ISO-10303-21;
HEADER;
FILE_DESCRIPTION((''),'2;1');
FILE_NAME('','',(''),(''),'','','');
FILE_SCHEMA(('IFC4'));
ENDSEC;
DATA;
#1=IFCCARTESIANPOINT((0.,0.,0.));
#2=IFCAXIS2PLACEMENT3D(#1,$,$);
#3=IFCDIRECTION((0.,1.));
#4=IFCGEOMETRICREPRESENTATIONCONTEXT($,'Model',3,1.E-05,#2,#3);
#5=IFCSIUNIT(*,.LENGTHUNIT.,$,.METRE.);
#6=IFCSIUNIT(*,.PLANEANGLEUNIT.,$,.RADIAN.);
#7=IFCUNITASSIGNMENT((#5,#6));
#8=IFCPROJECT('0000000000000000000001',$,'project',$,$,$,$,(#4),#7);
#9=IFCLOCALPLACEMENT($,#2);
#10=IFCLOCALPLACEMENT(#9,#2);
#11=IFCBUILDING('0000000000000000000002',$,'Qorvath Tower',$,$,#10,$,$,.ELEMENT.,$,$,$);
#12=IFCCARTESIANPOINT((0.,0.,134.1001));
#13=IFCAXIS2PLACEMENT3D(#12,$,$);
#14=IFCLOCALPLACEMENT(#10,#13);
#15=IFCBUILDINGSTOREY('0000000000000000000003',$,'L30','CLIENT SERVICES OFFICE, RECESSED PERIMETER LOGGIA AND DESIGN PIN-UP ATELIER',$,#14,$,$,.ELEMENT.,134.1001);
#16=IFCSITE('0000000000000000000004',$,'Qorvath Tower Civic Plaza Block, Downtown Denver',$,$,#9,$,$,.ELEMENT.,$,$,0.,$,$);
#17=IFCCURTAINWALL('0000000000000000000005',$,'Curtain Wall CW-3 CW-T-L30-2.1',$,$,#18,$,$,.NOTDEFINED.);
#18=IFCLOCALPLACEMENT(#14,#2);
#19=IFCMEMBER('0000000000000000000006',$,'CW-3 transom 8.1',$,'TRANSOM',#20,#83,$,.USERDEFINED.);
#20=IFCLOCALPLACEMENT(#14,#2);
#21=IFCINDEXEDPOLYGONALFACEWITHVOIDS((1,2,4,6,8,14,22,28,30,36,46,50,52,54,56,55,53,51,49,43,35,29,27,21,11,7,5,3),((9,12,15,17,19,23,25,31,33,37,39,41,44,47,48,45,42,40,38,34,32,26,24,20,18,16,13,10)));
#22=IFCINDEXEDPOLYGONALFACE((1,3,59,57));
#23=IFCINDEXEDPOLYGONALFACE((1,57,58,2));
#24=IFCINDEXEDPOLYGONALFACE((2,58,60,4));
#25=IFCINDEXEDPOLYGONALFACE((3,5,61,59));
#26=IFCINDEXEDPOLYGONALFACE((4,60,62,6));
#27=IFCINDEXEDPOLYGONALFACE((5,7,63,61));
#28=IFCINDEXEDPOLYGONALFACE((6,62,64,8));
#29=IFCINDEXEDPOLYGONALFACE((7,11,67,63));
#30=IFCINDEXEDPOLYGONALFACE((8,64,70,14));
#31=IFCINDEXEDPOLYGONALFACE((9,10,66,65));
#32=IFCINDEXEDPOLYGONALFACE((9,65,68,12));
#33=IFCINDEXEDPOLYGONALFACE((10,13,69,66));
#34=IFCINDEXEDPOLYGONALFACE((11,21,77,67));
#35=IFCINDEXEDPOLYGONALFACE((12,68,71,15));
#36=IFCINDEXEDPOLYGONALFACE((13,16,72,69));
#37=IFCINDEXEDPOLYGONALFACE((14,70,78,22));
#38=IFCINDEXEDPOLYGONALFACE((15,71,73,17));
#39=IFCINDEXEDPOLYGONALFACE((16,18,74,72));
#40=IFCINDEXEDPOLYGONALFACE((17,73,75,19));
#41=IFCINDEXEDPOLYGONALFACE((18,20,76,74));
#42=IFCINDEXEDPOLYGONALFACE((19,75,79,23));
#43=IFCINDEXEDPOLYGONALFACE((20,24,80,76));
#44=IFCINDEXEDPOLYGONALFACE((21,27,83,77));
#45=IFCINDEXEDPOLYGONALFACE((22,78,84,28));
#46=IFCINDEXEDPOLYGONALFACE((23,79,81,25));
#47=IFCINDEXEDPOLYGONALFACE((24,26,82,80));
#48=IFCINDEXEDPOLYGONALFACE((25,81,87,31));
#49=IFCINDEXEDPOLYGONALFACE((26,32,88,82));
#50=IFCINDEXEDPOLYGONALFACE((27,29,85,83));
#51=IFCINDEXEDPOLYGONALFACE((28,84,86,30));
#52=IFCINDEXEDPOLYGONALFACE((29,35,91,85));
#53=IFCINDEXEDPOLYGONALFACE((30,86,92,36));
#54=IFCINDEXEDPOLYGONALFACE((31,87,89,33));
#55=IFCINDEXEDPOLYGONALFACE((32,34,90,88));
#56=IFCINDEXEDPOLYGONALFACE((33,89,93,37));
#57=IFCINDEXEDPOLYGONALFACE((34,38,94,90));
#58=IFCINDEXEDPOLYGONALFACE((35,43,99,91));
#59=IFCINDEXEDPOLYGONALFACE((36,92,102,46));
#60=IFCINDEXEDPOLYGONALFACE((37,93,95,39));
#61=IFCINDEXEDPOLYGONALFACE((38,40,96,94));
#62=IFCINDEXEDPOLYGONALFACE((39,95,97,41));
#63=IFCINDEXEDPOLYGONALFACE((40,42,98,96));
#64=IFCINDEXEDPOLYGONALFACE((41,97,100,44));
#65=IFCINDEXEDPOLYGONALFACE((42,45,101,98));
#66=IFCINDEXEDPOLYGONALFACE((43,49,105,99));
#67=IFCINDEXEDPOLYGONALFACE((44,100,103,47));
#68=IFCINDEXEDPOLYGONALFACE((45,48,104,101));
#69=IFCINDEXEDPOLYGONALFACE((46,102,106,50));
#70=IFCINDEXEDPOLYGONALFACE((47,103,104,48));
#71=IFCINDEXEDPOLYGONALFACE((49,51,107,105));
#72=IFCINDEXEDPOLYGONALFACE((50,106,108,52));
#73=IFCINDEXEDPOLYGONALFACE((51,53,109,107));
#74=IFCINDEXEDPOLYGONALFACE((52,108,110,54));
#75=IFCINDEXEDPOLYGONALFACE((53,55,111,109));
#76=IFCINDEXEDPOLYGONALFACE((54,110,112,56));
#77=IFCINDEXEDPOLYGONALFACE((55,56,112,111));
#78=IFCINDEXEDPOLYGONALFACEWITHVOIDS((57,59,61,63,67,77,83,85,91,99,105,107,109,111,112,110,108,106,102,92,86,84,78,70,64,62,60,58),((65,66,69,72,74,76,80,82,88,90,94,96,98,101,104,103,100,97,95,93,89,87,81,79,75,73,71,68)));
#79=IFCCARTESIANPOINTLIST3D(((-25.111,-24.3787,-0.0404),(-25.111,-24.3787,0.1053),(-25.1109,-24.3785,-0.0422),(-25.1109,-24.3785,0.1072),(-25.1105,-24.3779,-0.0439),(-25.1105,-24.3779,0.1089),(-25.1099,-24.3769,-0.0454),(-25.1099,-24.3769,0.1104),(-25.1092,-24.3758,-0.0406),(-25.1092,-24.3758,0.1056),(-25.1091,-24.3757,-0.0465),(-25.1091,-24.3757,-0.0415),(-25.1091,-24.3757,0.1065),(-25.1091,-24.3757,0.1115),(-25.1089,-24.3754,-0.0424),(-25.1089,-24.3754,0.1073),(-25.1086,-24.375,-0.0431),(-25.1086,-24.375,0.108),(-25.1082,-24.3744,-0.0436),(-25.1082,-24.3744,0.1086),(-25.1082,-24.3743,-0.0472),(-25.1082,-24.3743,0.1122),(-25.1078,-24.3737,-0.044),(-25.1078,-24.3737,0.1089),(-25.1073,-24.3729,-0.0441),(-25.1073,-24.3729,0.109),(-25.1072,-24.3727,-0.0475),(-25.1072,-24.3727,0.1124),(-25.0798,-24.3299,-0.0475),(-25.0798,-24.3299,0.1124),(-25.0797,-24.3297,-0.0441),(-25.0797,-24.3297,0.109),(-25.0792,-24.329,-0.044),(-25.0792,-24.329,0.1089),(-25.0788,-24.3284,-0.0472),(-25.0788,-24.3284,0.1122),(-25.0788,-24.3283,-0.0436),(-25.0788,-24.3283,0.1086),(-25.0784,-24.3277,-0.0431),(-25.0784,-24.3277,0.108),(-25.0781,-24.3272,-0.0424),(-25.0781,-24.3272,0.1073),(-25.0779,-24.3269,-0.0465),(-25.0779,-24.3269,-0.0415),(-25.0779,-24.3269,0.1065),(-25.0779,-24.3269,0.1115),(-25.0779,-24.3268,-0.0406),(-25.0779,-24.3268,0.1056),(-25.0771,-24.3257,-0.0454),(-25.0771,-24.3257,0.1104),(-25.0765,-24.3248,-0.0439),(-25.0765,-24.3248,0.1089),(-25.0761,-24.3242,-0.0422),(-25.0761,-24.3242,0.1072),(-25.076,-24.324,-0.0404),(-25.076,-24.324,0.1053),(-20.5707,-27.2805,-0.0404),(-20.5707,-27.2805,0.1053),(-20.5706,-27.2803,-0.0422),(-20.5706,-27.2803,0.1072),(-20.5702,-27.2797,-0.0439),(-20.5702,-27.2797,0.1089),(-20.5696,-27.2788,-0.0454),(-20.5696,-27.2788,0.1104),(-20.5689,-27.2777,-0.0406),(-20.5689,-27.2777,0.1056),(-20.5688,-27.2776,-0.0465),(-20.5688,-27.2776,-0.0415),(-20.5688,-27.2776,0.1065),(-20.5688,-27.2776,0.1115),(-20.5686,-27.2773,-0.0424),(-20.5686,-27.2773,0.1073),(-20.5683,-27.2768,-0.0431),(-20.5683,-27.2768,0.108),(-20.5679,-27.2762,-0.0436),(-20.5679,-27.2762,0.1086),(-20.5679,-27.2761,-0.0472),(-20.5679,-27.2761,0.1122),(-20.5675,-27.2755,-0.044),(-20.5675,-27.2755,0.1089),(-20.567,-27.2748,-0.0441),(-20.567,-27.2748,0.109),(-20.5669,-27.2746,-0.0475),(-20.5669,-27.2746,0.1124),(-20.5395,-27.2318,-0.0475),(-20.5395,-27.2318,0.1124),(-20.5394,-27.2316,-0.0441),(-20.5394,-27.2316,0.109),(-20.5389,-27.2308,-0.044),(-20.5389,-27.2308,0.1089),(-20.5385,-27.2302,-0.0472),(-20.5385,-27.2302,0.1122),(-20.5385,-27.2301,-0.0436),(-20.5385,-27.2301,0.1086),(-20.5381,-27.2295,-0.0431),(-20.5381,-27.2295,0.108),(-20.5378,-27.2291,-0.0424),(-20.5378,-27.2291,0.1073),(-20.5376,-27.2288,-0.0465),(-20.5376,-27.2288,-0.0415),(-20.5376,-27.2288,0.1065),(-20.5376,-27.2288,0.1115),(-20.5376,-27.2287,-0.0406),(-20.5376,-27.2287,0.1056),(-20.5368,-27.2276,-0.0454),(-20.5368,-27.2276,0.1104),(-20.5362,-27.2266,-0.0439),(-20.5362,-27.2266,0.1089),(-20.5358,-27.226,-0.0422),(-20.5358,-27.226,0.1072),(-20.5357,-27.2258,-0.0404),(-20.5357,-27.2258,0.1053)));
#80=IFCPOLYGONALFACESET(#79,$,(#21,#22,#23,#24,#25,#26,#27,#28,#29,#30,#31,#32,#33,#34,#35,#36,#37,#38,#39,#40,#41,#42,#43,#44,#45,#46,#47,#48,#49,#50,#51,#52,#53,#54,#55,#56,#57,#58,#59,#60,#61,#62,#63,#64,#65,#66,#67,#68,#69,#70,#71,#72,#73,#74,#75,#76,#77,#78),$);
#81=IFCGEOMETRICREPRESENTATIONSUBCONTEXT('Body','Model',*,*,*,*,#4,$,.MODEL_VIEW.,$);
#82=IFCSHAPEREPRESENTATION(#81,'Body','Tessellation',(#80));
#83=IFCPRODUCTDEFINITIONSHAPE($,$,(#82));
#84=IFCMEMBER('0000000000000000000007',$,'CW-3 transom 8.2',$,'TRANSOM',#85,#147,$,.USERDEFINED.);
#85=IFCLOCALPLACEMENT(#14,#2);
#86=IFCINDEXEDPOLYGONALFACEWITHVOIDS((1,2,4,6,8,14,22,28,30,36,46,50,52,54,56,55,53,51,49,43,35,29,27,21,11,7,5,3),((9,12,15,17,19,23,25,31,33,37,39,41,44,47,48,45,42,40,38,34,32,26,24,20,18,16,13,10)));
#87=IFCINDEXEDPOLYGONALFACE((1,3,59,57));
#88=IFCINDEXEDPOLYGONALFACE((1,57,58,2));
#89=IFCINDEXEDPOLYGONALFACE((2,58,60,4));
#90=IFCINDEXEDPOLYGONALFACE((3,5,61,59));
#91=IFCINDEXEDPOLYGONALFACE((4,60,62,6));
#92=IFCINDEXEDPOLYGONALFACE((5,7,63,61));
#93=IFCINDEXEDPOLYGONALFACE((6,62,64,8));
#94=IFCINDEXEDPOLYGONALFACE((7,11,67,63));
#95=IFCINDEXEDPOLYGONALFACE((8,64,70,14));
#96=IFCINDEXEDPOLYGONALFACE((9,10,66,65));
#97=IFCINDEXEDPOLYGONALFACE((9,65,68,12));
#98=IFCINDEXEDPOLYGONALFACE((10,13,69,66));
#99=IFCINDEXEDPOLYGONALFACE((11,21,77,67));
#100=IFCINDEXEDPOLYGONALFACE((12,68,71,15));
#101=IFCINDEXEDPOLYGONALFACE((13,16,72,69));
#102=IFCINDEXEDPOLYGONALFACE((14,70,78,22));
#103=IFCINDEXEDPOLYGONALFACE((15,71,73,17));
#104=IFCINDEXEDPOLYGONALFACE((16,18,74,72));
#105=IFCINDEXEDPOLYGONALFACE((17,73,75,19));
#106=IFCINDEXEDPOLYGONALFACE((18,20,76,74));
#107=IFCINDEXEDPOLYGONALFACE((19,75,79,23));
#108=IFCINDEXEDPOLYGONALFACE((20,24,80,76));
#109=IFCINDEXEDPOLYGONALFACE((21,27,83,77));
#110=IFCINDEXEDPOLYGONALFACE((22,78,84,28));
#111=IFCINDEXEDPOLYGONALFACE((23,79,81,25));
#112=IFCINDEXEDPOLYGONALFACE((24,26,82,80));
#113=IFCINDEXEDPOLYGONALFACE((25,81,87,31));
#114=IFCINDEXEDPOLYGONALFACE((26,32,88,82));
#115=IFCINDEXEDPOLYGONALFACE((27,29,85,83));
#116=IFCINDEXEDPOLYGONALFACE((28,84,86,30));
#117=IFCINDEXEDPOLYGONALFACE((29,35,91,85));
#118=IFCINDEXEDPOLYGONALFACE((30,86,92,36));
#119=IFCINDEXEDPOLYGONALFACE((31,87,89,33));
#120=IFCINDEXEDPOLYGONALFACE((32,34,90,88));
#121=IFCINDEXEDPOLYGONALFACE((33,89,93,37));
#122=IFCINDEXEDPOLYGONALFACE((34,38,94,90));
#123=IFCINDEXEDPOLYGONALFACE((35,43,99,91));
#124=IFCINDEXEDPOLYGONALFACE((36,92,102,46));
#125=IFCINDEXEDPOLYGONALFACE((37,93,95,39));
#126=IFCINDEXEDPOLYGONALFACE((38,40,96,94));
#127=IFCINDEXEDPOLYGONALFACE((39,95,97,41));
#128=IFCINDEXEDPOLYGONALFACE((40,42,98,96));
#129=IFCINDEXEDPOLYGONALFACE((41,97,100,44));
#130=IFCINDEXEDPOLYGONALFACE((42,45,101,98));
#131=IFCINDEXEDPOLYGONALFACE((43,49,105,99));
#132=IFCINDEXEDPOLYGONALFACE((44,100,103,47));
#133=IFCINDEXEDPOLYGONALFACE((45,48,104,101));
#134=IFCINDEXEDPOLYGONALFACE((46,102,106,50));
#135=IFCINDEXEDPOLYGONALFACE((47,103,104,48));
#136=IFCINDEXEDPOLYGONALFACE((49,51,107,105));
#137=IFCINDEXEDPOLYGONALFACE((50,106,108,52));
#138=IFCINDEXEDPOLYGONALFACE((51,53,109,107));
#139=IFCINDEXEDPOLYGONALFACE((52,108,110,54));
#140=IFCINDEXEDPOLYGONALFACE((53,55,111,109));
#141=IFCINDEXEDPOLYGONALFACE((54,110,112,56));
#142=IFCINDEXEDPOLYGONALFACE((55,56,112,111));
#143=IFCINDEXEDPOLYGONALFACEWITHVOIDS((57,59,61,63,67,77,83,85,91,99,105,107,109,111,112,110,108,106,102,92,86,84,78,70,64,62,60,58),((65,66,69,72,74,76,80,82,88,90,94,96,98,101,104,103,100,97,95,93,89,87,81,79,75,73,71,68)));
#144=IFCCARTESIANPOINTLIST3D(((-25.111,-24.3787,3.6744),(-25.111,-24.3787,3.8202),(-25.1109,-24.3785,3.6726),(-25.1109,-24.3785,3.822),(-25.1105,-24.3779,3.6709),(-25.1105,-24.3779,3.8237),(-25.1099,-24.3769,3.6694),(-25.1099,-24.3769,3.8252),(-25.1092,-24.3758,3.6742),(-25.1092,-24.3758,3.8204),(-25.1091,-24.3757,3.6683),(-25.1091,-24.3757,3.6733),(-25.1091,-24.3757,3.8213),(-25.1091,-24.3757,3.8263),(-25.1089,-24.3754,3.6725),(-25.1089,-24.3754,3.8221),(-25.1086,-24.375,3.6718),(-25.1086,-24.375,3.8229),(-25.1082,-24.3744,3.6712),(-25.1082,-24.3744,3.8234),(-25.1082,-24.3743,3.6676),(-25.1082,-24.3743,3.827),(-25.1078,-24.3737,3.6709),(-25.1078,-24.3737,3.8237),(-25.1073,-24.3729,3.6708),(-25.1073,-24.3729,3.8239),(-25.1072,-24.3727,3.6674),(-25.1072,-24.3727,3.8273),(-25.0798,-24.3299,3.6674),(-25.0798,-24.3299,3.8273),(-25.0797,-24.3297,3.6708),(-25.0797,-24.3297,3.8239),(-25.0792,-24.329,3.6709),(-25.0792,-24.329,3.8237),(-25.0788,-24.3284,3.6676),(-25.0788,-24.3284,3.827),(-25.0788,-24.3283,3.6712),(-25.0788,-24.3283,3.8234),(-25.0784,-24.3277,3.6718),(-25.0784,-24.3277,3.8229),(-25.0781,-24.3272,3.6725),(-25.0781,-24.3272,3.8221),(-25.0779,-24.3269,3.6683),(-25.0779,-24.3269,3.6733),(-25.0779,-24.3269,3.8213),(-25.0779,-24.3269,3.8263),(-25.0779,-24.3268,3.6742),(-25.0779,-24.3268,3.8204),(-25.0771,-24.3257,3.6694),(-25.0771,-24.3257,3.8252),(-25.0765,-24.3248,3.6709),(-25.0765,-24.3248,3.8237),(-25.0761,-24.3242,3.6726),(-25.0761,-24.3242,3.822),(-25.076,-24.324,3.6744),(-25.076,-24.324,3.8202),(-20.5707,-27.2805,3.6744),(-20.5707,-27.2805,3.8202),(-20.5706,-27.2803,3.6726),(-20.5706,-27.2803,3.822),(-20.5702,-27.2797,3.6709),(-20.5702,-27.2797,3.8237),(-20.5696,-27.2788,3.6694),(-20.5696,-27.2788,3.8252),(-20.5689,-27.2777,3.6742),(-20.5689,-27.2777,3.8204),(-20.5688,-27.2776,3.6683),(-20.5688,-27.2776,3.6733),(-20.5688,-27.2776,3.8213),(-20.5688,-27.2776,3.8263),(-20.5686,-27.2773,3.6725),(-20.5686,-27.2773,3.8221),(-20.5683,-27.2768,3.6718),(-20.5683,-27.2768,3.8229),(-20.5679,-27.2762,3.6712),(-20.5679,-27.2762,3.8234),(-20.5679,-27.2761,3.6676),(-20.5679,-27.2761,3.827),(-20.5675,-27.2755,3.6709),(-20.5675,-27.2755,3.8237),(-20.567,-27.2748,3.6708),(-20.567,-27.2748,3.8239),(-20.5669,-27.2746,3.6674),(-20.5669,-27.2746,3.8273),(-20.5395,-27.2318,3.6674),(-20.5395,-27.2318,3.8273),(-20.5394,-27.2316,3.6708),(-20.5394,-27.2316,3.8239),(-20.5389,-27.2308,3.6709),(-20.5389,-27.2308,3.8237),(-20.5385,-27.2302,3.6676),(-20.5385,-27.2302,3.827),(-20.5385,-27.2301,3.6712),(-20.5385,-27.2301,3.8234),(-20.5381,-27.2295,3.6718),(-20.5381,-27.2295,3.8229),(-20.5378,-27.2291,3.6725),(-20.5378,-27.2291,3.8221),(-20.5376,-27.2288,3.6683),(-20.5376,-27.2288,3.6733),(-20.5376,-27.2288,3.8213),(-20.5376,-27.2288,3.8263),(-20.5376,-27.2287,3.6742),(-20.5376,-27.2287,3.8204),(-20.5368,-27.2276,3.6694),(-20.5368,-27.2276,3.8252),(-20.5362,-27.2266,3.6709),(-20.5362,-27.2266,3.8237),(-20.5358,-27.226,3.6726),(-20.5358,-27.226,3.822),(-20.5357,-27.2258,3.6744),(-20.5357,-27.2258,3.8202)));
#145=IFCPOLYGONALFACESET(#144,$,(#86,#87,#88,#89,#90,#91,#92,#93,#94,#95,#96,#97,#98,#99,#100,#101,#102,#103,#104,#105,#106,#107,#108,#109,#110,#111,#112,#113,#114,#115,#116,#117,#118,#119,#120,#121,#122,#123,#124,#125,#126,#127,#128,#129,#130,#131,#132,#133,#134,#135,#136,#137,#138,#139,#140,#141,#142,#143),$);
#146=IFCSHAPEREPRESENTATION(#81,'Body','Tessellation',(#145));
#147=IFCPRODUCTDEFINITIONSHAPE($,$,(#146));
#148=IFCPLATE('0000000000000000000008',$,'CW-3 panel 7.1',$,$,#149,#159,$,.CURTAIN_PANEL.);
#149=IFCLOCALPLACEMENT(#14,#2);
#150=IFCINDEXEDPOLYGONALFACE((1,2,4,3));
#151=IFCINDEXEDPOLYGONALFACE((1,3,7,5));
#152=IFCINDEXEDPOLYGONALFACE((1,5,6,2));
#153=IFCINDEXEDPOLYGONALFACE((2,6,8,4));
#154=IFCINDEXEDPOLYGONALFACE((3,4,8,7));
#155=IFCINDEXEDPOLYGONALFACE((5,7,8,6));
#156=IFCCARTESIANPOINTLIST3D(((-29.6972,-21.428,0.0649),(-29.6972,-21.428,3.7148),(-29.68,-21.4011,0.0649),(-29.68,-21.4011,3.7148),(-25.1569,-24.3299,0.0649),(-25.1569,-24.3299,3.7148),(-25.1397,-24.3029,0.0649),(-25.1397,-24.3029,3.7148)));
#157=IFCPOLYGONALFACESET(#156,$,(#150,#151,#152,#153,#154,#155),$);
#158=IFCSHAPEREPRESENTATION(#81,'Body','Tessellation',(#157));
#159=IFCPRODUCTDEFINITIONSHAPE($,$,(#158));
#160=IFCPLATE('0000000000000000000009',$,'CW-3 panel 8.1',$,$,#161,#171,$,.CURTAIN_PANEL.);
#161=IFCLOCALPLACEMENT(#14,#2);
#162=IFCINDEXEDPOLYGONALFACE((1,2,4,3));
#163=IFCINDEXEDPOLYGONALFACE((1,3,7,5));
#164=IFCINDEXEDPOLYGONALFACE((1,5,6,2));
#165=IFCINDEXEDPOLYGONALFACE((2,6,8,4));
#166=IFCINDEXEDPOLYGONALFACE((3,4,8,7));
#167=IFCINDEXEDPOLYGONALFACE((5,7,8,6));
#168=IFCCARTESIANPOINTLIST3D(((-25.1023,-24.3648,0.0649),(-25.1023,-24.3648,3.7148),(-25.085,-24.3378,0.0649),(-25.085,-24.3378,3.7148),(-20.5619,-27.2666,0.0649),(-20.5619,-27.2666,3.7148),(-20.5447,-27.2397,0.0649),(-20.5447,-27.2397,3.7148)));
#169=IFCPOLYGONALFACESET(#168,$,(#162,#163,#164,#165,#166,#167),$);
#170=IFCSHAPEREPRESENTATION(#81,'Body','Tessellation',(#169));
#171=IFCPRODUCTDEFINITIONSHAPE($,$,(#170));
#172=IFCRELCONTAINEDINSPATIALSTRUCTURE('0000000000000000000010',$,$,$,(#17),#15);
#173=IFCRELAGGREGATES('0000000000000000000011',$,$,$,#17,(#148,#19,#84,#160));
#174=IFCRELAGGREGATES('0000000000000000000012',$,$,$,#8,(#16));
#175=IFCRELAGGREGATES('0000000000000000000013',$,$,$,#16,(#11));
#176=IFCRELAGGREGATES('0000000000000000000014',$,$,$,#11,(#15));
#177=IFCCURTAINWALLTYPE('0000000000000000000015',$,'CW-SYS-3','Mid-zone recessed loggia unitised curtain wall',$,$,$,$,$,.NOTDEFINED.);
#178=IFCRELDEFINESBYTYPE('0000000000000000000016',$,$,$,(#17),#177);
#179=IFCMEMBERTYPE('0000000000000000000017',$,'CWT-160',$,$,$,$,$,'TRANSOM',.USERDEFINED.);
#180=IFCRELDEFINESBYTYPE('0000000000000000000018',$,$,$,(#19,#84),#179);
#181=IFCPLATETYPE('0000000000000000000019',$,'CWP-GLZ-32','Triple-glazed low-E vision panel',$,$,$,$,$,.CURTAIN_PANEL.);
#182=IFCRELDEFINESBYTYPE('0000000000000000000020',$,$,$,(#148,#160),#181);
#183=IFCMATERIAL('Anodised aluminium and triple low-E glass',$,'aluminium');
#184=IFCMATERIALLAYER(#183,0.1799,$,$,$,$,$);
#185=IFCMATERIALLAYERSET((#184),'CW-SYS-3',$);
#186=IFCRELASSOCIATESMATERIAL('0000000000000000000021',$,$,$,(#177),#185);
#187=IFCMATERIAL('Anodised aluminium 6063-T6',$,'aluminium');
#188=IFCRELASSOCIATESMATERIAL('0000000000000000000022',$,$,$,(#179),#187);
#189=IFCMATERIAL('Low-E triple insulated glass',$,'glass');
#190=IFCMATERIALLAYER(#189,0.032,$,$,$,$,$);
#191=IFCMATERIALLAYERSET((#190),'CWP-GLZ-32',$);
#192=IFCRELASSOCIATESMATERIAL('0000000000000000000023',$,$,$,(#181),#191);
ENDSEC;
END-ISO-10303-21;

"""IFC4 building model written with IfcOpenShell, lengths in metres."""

from ifc_helpers import new_model, si_unit, direction, frame, origin, origin_2d, place, context, subcontext, project, spatial, rectangle, hollow_rectangle, extrude, material, layer, layer_set, material_profile, profile_set, type_object, element, aggregate, save


model = new_model("IFC4")

# Units and contexts
model_context = context("Model", 3, precision=1e-05, world=origin(), true_north=direction((0.0, 1.0)))
body_context = subcontext(model_context, "Body", "Model", "MODEL_VIEW")
ifc_project = project(units=[si_unit("LENGTHUNIT", "METRE"), si_unit("PLANEANGLEUNIT", "RADIAN")], contexts=[model_context])

# Site, building, storey
site_placement = place(None, origin())
site = spatial("IfcSite", under=ifc_project, at=site_placement, Name="Qorvath Tower Civic Plaza Block, Downtown Denver", CompositionType="ELEMENT", RefElevation=0.0)
building_placement = place(site_placement, origin())
building = spatial("IfcBuilding", under=site, at=building_placement, Name="Qorvath Tower", CompositionType="ELEMENT")
storey_placement = place(building_placement, frame((0.0, 0.0, 134.1001)))
storey = spatial("IfcBuildingStorey", under=building, at=storey_placement, Name="L30", Description="CLIENT SERVICES OFFICE, RECESSED PERIMETER LOGGIA AND DESIGN PIN-UP ATELIER", CompositionType="ELEMENT", Elevation=134.1001)

# Curtain wall, members, plates
ifc_material_1 = material(Name="Anodised aluminium and triple low-E glass", Category="aluminium")
ifc_layer_1 = layer(ifc_material_1, 0.1799)
ifc_layer_set_1 = layer_set([ifc_layer_1], Name="CW-SYS-3")
curtain_wall_type = type_object("IfcCurtainWallType", Name="CW-SYS-3", Description="Mid-zone recessed loggia unitised curtain wall", PredefinedType="NOTDEFINED", material=ifc_layer_set_1)
curtain_wall_placement = place(storey_placement, origin())
curtain_wall = element("IfcCurtainWall", 1, at=curtain_wall_placement, inside=storey, type_object=curtain_wall_type, Name="Curtain Wall CW-3 CW-T-L30-2.1", PredefinedType="NOTDEFINED")
ifc_material_2 = material(Name="Anodised aluminium 6063-T6", Category="aluminium")
ifc_material_profile_1 = material_profile(ifc_material_2, hollow_rectangle(XDim=0.0649, YDim=0.1599, WallThickness=0.0034, InnerFilletRadius=0.0034, OuterFilletRadius=0.0071, at=origin_2d()), Name="CWT 160x65")
ifc_profile_set_1 = profile_set([ifc_material_profile_1], Name="Anodised aluminium 6063-T6")
member_type_1 = type_object("IfcMemberType", Name="CWT-160", ElementType="TRANSOM", PredefinedType="USERDEFINED", material=ifc_profile_set_1)
member_1_placement = place(storey_placement, frame((-25.0935, -24.3513, 0.0325), z_axis=(0.842602, -0.538537, 0.0), x_axis=(0.538537, 0.842602, 0.0)))
member_1 = element("IfcMember", 2, at=member_1_placement, type_object=member_type_1, Name="CW-3 transom 8.1", ObjectType="TRANSOM", PredefinedType="USERDEFINED", context=body_context, shape_type="SweptSolid", body=[
    extrude(hollow_rectangle(XDim=0.0649, YDim=0.1599, WallThickness=0.0034, InnerFilletRadius=0.0034, OuterFilletRadius=0.0071, at=origin_2d()), origin(), (0.0, 0.0, 1.0), 5.3884),
])
member_2_placement = place(storey_placement, frame((-25.0935, -24.3513, 3.7473), z_axis=(0.842602, -0.538537, 0.0), x_axis=(0.538537, 0.842602, 0.0)))
member_2 = element("IfcMember", 3, at=member_2_placement, type_object=member_type_1, Name="CW-3 transom 8.2", ObjectType="TRANSOM", PredefinedType="USERDEFINED", context=body_context, shape_type="SweptSolid", body=[
    extrude(hollow_rectangle(XDim=0.0649, YDim=0.1599, WallThickness=0.0034, InnerFilletRadius=0.0034, OuterFilletRadius=0.0071, at=origin_2d()), origin(), (0.0, 0.0, 1.0), 5.3884),
])
ifc_material_3 = material(Name="Low-E triple insulated glass", Category="glass")
ifc_layer_2 = layer(ifc_material_3, 0.032)
ifc_layer_set_2 = layer_set([ifc_layer_2], Name="CWP-GLZ-32")
plate_type = type_object("IfcPlateType", Name="CWP-GLZ-32", Description="Triple-glazed low-E vision panel", PredefinedType="CURTAIN_PANEL", material=ifc_layer_set_2)
plate_1_placement = place(storey_placement, frame((-27.4185, -22.8655, 0.0649), z_axis=(0.0, 0.0, 1.0), x_axis=(0.842604, -0.538534, 0.0)))
plate_1 = element("IfcPlate", 4, at=plate_1_placement, type_object=plate_type, Name="CW-3 panel 7.1", PredefinedType="CURTAIN_PANEL", context=body_context, shape_type="SweptSolid", body=[
    extrude(rectangle(XDim=5.3884, YDim=0.032, at=origin_2d()), origin(), (0.0, 0.0, 1.0), 3.6499),
])
plate_2_placement = place(storey_placement, frame((-22.8235, -25.8022, 0.0649), z_axis=(0.0, 0.0, 1.0), x_axis=(0.842604, -0.538534, 0.0)))
plate_2 = element("IfcPlate", 5, at=plate_2_placement, type_object=plate_type, Name="CW-3 panel 8.1", PredefinedType="CURTAIN_PANEL", context=body_context, shape_type="SweptSolid", body=[
    extrude(rectangle(XDim=5.3884, YDim=0.032, at=origin_2d()), origin(), (0.0, 0.0, 1.0), 3.6499),
])
aggregate(curtain_wall, [plate_1, member_1, member_2, plate_2])

save(model, "model.ifc")
